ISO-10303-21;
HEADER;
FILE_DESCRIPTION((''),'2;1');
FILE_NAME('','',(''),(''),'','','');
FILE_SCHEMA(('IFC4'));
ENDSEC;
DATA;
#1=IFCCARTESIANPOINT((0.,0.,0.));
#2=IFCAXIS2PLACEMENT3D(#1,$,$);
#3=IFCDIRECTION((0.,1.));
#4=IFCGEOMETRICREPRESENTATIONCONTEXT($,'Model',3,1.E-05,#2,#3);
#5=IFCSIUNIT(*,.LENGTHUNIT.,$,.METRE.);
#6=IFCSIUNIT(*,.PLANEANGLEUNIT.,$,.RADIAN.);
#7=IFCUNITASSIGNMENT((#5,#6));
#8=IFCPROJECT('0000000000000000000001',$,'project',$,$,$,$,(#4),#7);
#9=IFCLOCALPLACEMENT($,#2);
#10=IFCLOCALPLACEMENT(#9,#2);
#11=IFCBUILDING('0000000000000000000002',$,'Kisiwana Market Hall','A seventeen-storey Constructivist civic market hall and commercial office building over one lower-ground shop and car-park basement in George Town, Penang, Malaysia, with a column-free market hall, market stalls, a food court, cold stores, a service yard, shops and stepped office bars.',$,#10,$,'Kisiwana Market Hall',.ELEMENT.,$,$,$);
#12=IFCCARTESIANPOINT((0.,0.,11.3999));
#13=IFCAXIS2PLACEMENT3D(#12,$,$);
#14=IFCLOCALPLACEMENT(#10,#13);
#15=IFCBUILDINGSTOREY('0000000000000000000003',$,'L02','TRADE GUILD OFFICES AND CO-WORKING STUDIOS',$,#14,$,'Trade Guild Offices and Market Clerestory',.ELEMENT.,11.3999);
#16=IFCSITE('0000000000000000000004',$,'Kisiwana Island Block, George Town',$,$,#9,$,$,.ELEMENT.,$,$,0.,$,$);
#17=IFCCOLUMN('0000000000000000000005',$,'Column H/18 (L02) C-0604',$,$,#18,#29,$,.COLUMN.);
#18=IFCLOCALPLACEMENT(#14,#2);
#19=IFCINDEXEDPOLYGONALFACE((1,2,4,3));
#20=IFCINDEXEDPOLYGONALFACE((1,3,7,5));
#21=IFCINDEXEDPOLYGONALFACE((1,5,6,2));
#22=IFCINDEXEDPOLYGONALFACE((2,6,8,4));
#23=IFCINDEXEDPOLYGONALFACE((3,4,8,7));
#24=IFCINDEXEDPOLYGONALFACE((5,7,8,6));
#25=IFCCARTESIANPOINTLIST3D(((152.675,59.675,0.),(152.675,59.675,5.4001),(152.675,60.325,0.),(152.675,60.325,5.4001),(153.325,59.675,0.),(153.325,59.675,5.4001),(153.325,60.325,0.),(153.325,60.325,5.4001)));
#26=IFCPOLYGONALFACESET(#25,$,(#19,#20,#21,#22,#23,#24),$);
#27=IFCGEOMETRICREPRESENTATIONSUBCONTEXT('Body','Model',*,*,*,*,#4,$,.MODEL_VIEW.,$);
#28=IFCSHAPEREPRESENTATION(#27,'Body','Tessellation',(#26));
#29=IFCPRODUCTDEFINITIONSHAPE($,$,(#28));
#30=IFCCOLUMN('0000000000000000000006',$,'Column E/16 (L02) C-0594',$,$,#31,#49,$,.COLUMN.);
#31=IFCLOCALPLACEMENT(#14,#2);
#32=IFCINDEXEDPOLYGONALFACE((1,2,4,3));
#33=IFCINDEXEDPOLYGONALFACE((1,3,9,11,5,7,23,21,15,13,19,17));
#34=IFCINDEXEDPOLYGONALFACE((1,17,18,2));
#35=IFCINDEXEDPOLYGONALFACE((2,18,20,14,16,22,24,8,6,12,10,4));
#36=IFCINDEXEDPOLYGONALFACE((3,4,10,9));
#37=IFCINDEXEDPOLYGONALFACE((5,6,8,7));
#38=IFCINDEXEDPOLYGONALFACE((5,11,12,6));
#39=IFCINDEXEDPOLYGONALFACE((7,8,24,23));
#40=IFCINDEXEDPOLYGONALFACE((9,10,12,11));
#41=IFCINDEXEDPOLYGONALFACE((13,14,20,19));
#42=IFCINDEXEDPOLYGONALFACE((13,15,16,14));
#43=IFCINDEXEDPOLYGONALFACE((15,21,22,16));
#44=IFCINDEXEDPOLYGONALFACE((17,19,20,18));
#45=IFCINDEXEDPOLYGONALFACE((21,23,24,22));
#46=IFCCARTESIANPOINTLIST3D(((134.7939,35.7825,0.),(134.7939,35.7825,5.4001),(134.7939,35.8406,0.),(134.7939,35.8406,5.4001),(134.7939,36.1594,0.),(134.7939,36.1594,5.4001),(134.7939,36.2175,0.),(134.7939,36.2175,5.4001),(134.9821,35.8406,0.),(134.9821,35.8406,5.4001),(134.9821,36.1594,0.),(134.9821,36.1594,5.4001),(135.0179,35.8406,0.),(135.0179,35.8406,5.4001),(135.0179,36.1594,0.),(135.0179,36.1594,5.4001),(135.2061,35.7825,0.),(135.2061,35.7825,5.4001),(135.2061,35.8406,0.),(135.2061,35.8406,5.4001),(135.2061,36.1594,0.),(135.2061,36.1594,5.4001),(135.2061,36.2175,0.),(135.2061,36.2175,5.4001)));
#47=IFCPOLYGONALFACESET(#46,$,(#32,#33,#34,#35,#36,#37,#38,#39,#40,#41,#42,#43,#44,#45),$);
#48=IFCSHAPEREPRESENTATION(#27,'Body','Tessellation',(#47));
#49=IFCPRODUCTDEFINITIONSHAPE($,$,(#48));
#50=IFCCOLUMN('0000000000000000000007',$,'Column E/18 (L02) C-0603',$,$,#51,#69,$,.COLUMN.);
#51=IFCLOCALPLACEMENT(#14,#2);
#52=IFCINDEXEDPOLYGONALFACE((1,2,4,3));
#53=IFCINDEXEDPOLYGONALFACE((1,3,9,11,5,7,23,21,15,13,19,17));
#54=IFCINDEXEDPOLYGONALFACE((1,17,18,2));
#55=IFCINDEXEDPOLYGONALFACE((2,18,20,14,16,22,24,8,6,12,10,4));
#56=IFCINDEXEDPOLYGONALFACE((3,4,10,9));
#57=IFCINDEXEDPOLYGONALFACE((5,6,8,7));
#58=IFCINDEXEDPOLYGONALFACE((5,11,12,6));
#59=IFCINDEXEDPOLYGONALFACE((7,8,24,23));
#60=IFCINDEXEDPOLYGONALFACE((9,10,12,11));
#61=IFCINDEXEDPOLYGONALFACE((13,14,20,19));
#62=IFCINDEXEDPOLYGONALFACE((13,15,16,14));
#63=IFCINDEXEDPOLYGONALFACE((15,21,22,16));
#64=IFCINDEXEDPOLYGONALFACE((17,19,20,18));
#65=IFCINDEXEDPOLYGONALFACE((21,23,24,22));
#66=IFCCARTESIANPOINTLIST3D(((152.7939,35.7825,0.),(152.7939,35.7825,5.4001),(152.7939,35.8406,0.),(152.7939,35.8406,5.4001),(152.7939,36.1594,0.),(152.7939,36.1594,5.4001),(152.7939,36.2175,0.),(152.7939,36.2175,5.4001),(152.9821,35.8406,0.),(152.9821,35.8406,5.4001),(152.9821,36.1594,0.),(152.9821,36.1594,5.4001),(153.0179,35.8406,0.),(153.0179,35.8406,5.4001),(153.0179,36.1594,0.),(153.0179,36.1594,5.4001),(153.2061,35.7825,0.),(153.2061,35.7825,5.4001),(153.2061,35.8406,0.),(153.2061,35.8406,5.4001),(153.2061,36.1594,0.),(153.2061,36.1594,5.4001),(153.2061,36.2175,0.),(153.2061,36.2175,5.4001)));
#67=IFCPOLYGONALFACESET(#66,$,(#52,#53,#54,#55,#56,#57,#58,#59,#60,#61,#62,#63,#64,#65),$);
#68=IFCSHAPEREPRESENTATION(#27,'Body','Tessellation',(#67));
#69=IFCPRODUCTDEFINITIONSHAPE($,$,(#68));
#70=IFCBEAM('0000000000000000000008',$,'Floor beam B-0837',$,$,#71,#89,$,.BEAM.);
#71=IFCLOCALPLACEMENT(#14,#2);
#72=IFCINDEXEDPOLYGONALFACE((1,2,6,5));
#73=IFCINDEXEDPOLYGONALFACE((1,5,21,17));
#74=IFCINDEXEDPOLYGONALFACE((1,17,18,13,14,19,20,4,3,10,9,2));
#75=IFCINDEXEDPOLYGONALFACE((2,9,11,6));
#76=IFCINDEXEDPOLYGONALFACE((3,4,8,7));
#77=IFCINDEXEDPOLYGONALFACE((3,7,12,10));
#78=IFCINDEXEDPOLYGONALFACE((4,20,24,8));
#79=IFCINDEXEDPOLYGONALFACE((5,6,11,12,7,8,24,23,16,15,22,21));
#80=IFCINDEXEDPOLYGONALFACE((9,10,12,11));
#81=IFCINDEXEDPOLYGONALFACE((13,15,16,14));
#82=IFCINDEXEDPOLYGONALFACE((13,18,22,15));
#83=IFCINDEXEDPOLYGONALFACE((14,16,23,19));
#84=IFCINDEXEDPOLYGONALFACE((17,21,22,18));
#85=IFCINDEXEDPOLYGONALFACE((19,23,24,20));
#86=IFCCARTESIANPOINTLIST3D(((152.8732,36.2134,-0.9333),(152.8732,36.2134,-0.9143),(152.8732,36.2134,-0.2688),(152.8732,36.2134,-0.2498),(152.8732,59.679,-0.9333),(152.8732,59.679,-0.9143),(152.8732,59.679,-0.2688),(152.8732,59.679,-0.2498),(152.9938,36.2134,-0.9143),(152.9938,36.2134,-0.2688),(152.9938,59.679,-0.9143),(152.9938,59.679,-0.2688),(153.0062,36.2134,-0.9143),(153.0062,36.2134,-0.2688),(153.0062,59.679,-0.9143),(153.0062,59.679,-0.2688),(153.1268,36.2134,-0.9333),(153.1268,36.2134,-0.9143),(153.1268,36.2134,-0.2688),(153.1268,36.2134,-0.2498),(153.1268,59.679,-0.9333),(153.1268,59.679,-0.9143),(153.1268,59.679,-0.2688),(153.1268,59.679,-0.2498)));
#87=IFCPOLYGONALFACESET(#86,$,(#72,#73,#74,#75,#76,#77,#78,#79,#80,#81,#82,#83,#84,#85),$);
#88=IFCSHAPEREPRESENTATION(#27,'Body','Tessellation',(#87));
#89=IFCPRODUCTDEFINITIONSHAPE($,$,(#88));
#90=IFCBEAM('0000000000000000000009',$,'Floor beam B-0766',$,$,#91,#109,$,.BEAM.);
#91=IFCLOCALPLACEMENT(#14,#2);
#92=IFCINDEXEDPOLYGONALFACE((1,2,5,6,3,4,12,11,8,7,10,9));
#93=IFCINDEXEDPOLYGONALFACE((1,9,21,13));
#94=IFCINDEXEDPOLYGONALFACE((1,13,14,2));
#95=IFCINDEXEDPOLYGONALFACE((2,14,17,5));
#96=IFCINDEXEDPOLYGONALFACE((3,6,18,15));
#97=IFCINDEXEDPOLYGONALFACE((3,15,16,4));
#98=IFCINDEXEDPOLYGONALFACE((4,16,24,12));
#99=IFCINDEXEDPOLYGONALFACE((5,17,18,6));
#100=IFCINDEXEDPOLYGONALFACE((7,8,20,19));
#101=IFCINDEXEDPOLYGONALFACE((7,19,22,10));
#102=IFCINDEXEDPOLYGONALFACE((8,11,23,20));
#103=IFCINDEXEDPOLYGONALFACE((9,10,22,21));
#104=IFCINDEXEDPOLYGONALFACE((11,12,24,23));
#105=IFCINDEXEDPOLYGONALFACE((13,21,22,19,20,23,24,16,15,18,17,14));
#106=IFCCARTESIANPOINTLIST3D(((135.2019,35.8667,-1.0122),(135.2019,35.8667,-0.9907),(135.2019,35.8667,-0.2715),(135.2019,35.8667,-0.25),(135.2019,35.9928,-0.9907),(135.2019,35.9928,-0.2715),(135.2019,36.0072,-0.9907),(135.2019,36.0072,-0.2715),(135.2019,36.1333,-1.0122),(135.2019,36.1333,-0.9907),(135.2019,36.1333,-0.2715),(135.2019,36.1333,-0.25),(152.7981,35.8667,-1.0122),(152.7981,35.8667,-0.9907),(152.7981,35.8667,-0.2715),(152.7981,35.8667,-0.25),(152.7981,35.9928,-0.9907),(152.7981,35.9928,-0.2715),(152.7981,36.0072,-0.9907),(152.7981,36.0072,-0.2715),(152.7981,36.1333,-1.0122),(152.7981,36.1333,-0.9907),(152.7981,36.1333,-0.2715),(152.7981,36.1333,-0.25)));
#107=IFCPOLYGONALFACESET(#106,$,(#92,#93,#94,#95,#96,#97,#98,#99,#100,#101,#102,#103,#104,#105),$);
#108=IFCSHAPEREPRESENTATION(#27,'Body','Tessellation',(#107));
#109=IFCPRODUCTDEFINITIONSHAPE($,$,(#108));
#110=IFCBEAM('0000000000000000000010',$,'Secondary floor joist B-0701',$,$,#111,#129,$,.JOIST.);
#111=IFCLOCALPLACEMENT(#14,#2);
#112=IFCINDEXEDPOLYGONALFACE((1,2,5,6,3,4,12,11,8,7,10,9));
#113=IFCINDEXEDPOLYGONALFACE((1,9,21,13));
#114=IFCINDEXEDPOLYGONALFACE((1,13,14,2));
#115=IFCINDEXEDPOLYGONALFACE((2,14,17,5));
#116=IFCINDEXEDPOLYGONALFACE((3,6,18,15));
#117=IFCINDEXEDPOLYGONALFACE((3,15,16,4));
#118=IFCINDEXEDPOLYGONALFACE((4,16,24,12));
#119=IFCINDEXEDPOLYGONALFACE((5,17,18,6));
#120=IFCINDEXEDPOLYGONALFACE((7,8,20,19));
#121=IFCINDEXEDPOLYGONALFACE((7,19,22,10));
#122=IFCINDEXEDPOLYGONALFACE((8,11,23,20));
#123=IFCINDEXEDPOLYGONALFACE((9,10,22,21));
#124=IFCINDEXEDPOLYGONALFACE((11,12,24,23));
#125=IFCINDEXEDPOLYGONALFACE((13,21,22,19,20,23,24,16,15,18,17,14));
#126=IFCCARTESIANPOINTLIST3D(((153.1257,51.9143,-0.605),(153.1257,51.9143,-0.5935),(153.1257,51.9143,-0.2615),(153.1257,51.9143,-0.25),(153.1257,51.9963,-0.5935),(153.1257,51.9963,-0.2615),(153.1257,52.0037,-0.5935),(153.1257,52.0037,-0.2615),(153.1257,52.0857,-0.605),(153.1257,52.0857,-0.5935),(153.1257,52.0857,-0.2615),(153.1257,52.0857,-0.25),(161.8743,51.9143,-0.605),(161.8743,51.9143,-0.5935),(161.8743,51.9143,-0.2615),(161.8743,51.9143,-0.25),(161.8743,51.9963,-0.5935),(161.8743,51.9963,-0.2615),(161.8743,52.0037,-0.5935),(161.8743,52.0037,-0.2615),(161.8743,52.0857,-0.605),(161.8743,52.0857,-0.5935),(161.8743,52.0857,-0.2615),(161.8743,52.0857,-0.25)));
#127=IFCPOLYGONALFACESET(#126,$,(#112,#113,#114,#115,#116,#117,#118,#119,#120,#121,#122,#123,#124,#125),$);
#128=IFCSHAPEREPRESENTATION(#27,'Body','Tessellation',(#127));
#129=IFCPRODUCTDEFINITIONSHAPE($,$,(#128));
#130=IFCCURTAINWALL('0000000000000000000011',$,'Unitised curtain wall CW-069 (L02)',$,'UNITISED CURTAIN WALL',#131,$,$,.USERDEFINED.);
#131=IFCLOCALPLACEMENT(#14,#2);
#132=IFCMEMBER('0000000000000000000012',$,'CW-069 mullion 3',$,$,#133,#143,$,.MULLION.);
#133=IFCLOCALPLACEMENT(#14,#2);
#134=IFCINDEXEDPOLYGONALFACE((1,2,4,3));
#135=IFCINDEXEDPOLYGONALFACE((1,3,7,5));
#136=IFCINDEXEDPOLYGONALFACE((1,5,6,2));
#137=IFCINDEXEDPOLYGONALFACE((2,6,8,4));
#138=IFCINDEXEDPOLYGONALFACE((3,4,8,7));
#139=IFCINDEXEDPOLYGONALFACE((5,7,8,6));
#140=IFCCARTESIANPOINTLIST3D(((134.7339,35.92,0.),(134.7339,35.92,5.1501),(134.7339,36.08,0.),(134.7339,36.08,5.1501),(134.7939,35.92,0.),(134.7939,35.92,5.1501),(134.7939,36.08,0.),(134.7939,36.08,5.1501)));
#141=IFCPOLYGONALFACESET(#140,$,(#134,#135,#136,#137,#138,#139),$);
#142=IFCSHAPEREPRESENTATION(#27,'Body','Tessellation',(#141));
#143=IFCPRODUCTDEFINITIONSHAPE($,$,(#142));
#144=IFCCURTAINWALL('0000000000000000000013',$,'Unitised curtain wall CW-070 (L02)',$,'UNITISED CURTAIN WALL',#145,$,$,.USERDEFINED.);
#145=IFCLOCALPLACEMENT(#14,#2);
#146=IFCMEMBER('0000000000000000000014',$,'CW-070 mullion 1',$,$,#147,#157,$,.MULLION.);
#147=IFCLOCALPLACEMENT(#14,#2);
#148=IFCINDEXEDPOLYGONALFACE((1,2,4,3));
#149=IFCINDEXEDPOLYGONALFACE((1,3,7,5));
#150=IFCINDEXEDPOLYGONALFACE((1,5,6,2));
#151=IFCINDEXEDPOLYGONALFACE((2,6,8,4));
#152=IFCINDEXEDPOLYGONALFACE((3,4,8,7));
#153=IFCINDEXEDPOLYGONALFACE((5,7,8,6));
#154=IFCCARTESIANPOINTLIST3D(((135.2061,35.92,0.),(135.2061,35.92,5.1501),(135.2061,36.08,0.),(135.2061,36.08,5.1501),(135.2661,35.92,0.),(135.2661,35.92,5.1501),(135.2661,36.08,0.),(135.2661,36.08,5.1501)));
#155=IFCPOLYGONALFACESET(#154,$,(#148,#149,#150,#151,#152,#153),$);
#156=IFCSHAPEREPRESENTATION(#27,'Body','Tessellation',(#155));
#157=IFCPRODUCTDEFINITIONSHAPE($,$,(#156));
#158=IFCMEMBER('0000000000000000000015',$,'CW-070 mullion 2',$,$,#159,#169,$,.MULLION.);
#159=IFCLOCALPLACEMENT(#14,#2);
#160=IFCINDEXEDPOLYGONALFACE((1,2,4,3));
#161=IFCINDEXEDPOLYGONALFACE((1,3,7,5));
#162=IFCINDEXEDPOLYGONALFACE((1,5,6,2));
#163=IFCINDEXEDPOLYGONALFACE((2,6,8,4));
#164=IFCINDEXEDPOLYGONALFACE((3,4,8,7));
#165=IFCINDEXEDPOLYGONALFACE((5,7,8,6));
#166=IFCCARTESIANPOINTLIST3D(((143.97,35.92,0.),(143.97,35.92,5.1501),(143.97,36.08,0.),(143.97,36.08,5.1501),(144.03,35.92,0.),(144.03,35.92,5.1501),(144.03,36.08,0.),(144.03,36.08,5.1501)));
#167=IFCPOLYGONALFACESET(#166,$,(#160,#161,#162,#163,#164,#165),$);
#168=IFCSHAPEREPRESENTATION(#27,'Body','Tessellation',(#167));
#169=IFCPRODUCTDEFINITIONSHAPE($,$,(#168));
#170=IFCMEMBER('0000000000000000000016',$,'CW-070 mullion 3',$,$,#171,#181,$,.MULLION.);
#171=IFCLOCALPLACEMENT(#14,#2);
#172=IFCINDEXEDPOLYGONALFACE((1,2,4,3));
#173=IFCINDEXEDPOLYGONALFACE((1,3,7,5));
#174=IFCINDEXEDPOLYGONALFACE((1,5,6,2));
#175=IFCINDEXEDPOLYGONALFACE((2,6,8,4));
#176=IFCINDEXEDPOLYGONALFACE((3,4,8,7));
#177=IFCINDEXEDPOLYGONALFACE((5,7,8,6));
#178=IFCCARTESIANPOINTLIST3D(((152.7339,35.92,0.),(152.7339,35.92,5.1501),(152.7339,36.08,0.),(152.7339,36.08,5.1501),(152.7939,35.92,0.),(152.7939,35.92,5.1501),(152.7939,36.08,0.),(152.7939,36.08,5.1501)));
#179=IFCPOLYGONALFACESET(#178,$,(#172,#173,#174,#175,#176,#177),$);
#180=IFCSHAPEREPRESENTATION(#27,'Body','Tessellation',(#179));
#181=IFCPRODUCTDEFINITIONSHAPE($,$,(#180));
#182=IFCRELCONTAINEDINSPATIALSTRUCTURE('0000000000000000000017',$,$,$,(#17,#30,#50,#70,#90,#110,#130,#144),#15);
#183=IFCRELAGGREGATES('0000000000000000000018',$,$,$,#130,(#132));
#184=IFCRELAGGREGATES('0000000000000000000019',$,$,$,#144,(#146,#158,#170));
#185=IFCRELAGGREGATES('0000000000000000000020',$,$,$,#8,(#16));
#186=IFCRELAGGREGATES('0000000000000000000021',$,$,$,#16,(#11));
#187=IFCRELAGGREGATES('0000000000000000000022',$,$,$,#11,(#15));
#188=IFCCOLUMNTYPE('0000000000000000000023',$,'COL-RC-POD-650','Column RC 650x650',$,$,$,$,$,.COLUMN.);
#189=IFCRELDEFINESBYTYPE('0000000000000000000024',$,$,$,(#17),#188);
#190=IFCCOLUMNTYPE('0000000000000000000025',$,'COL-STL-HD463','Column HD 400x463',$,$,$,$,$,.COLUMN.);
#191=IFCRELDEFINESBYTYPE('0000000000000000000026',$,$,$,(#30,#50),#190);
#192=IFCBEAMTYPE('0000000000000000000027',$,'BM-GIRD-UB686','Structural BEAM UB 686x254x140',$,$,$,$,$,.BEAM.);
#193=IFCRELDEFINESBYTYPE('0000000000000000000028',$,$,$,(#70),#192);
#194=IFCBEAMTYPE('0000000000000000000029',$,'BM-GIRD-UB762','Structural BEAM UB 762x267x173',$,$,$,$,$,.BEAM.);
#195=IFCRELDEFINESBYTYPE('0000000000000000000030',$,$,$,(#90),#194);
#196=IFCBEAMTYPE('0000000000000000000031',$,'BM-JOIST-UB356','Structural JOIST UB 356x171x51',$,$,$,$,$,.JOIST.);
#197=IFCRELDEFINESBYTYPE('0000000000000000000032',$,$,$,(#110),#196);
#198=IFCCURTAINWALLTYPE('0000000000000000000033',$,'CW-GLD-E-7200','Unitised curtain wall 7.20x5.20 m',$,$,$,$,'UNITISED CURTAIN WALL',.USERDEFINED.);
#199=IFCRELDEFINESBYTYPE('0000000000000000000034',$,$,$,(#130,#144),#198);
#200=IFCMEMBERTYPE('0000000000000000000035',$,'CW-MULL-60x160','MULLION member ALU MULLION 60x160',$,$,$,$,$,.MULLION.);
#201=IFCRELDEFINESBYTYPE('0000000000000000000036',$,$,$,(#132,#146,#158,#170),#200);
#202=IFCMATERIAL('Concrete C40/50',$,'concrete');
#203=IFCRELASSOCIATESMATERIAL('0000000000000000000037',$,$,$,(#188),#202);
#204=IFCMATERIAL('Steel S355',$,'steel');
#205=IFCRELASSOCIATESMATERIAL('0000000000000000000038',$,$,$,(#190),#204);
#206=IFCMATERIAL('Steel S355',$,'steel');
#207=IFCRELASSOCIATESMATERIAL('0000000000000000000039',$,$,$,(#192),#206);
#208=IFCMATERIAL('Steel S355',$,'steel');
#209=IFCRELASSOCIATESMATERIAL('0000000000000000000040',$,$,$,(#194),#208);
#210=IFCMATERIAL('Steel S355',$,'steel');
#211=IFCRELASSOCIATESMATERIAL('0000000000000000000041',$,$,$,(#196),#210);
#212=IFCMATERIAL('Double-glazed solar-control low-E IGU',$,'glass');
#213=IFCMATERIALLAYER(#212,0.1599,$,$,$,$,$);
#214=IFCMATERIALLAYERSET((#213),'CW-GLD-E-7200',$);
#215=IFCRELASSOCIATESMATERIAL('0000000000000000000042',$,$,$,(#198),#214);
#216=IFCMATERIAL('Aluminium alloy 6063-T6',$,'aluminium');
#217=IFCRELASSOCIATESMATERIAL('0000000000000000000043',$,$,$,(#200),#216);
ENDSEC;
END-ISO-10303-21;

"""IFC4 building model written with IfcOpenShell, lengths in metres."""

from ifc_helpers import new_model, si_unit, direction, frame, origin, origin_2d, place, context, subcontext, project, spatial, rectangle, i_section, extrude, material, layer, layer_set, material_profile, profile_set, type_object, element, aggregate, save


model = new_model("IFC4")

# Units and contexts
model_context = context("Model", 3, precision=1e-05, world=origin(), true_north=direction((0.0, 1.0)))
body_context = subcontext(model_context, "Body", "Model", "MODEL_VIEW")
ifc_project = project(units=[si_unit("LENGTHUNIT", "METRE"), si_unit("PLANEANGLEUNIT", "RADIAN")], contexts=[model_context])

# Site, building, storey
site_placement = place(None, origin())
site = spatial("IfcSite", under=ifc_project, at=site_placement, Name="Kisiwana Island Block, George Town", CompositionType="ELEMENT", RefElevation=0.0)
building_placement = place(site_placement, origin())
building = spatial("IfcBuilding", under=site, at=building_placement, Name="Kisiwana Market Hall", Description="A seventeen-storey Constructivist civic market hall and commercial office building over one lower-ground shop and car-park basement in George Town, Penang, Malaysia, with a column-free market hall, market stalls, a food court, cold stores, a service yard, shops and stepped office bars.", LongName="Kisiwana Market Hall", CompositionType="ELEMENT")
storey_placement = place(building_placement, frame((0.0, 0.0, 11.3999)))
storey = spatial("IfcBuildingStorey", under=building, at=storey_placement, Name="L02", Description="TRADE GUILD OFFICES AND CO-WORKING STUDIOS", LongName="Trade Guild Offices and Market Clerestory", CompositionType="ELEMENT", Elevation=11.3999)

# Columns
ifc_material_1 = material(Name="Concrete C40/50", Category="concrete")
ifc_material_profile_1 = material_profile(ifc_material_1, rectangle(XDim=0.6499, YDim=0.6499, at=origin_2d()), Name="RC 650x650")
ifc_profile_set_1 = profile_set([ifc_material_profile_1], Name="Concrete C40/50")
column_type_1 = type_object("IfcColumnType", Name="COL-RC-POD-650", Description="Column RC 650x650", PredefinedType="COLUMN", material=ifc_profile_set_1)
column_placement = place(storey_placement, frame((153.0, 60.0, 0.0), z_axis=(0.0, 0.0, 1.0), x_axis=(1.0, 0.0, 0.0)))
element("IfcColumn", 1, at=column_placement, inside=storey, type_object=column_type_1, Name="Column H/18 (L02) C-0604", PredefinedType="COLUMN", context=body_context, shape_type="SweptSolid", body=[
    extrude(rectangle(XDim=0.6499, YDim=0.6499, at=origin_2d()), origin(), (0.0, 0.0, 1.0), 5.4001),
])
ifc_material_2 = material(Name="Steel S355", Category="steel")
ifc_material_profile_2 = material_profile(ifc_material_2, i_section(OverallWidth=0.4121, OverallDepth=0.4351, WebThickness=0.0359, FlangeThickness=0.0581, at=origin_2d()), Name="HD 400x463")
ifc_profile_set_2 = profile_set([ifc_material_profile_2], Name="Steel S355")
column_type_2 = type_object("IfcColumnType", Name="COL-STL-HD463", Description="Column HD 400x463", PredefinedType="COLUMN", material=ifc_profile_set_2)
for number, where, z_axis, x_axis, name in (
    (2, (135.0, 36.0, 0.0), (0.0, 0.0, 1.0), (1.0, 0.0, 0.0), "Column E/16 (L02) C-0594"),
    (3, (153.0, 36.0, 0.0), (0.0, 0.0, 1.0), (1.0, 0.0, 0.0), "Column E/18 (L02) C-0603"),
):
    element("IfcColumn", number, at=place(storey_placement, frame(where, z_axis=z_axis, x_axis=x_axis)), inside=storey, type_object=column_type_2, Name=name, PredefinedType="COLUMN", context=body_context, shape_type="SweptSolid", body=[
        extrude(i_section(OverallWidth=0.4121, OverallDepth=0.4351, WebThickness=0.0359, FlangeThickness=0.0581, at=origin_2d()), origin(), (0.0, 0.0, 1.0), 5.4001),
    ])

# Beams
ifc_material_3 = material(Name="Steel S355", Category="steel")
ifc_material_profile_3 = material_profile(ifc_material_3, i_section(OverallWidth=0.2537, OverallDepth=0.6836, WebThickness=0.0125, FlangeThickness=0.019, at=origin_2d()), Name="UB 686x254x140")
ifc_profile_set_3 = profile_set([ifc_material_profile_3], Name="Steel S355")
beam_type_1 = type_object("IfcBeamType", Name="BM-GIRD-UB686", Description="Structural BEAM UB 686x254x140", PredefinedType="BEAM", material=ifc_profile_set_3)
beam_1_placement = place(storey_placement, frame((153.0, 36.2134, -0.5916), z_axis=(0.0, 1.0, 0.0), x_axis=(-1.0, 0.0, 0.0)))
element("IfcBeam", 4, at=beam_1_placement, inside=storey, type_object=beam_type_1, Name="Floor beam B-0837", PredefinedType="BEAM", context=body_context, shape_type="SweptSolid", body=[
    extrude(i_section(OverallWidth=0.2537, OverallDepth=0.6836, WebThickness=0.0125, FlangeThickness=0.019, at=origin_2d()), origin(), (0.0, 0.0, 1.0), 23.4656),
])
ifc_material_4 = material(Name="Steel S355", Category="steel")
ifc_material_profile_4 = material_profile(ifc_material_4, i_section(OverallWidth=0.2666, OverallDepth=0.7622, WebThickness=0.0144, FlangeThickness=0.0215, at=origin_2d()), Name="UB 762x267x173")
ifc_profile_set_4 = profile_set([ifc_material_profile_4], Name="Steel S355")
beam_type_2 = type_object("IfcBeamType", Name="BM-GIRD-UB762", Description="Structural BEAM UB 762x267x173", PredefinedType="BEAM", material=ifc_profile_set_4)
beam_2_placement = place(storey_placement, frame((135.2019, 36.0, -0.6311), z_axis=(1.0, 0.0, 0.0), x_axis=(0.0, 1.0, 0.0)))
element("IfcBeam", 5, at=beam_2_placement, inside=storey, type_object=beam_type_2, Name="Floor beam B-0766", PredefinedType="BEAM", context=body_context, shape_type="SweptSolid", body=[
    extrude(i_section(OverallWidth=0.2666, OverallDepth=0.7622, WebThickness=0.0144, FlangeThickness=0.0215, at=origin_2d()), origin(), (0.0, 0.0, 1.0), 17.5962),
])
ifc_material_5 = material(Name="Steel S355", Category="steel")
ifc_material_profile_5 = material_profile(ifc_material_5, i_section(OverallWidth=0.1714, OverallDepth=0.355, WebThickness=0.0073, FlangeThickness=0.0115, at=origin_2d()), Name="UB 356x171x51")
ifc_profile_set_5 = profile_set([ifc_material_profile_5], Name="Steel S355")
beam_type_3 = type_object("IfcBeamType", Name="BM-JOIST-UB356", Description="Structural JOIST UB 356x171x51", PredefinedType="JOIST", material=ifc_profile_set_5)
beam_3_placement = place(storey_placement, frame((153.1257, 52.0, -0.4275), z_axis=(1.0, 0.0, 0.0), x_axis=(0.0, 1.0, 0.0)))
element("IfcBeam", 6, at=beam_3_placement, inside=storey, type_object=beam_type_3, Name="Secondary floor joist B-0701", PredefinedType="JOIST", context=body_context, shape_type="SweptSolid", body=[
    extrude(i_section(OverallWidth=0.1714, OverallDepth=0.355, WebThickness=0.0073, FlangeThickness=0.0115, at=origin_2d()), origin(), (0.0, 0.0, 1.0), 8.7485),
])

# Curtain wall, member
ifc_material_6 = material(Name="Double-glazed solar-control low-E IGU", Category="glass")
ifc_layer_1 = layer(ifc_material_6, 0.1599)
ifc_layer_set_1 = layer_set([ifc_layer_1], Name="CW-GLD-E-7200")
curtain_wall_type = type_object("IfcCurtainWallType", Name="CW-GLD-E-7200", Description="Unitised curtain wall 7.20x5.20 m", ElementType="UNITISED CURTAIN WALL", PredefinedType="USERDEFINED", material=ifc_layer_set_1)
curtain_wall_1_placement = place(storey_placement, origin())
curtain_wall_1 = element("IfcCurtainWall", 7, at=curtain_wall_1_placement, inside=storey, type_object=curtain_wall_type, Name="Unitised curtain wall CW-069 (L02)", ObjectType="UNITISED CURTAIN WALL", PredefinedType="USERDEFINED")
ifc_material_7 = material(Name="Aluminium alloy 6063-T6", Category="aluminium")
ifc_material_profile_6 = material_profile(ifc_material_7, rectangle(XDim=0.0601, YDim=0.1599, at=origin_2d()), Name="ALU MULLION 60x160")
ifc_profile_set_6 = profile_set([ifc_material_profile_6], Name="Aluminium alloy 6063-T6")
member_type_1 = type_object("IfcMemberType", Name="CW-MULL-60x160", Description="MULLION member ALU MULLION 60x160", PredefinedType="MULLION", material=ifc_profile_set_6)
member_1_placement = place(storey_placement, frame((134.7639, 36.0, 0.0), z_axis=(0.0, 0.0, 1.0), x_axis=(1.0, 0.0, 0.0)))
member_1 = element("IfcMember", 8, at=member_1_placement, type_object=member_type_1, Name="CW-069 mullion 3", PredefinedType="MULLION", context=body_context, shape_type="SweptSolid", body=[
    extrude(rectangle(XDim=0.0601, YDim=0.1599, at=origin_2d()), origin(), (0.0, 0.0, 1.0), 5.1501),
])

# Curtain wall, members
curtain_wall_2_placement = place(storey_placement, origin())
curtain_wall_2 = element("IfcCurtainWall", 9, at=curtain_wall_2_placement, inside=storey, type_object=curtain_wall_type, Name="Unitised curtain wall CW-070 (L02)", ObjectType="UNITISED CURTAIN WALL", PredefinedType="USERDEFINED")
member_2_placement = place(storey_placement, frame((135.2361, 36.0, 0.0), z_axis=(0.0, 0.0, 1.0), x_axis=(1.0, 0.0, 0.0)))
member_2 = element("IfcMember", 10, at=member_2_placement, type_object=member_type_1, Name="CW-070 mullion 1", PredefinedType="MULLION", context=body_context, shape_type="SweptSolid", body=[
    extrude(rectangle(XDim=0.0601, YDim=0.1599, at=origin_2d()), origin(), (0.0, 0.0, 1.0), 5.1501),
])
member_3_placement = place(storey_placement, frame((144.0, 36.0, 0.0), z_axis=(0.0, 0.0, 1.0), x_axis=(1.0, 0.0, 0.0)))
member_3 = element("IfcMember", 11, at=member_3_placement, type_object=member_type_1, Name="CW-070 mullion 2", PredefinedType="MULLION", context=body_context, shape_type="SweptSolid", body=[
    extrude(rectangle(XDim=0.0601, YDim=0.1599, at=origin_2d()), origin(), (0.0, 0.0, 1.0), 5.1501),
])
member_4_placement = place(storey_placement, frame((152.7639, 36.0, 0.0), z_axis=(0.0, 0.0, 1.0), x_axis=(1.0, 0.0, 0.0)))
member_4 = element("IfcMember", 12, at=member_4_placement, type_object=member_type_1, Name="CW-070 mullion 3", PredefinedType="MULLION", context=body_context, shape_type="SweptSolid", body=[
    extrude(rectangle(XDim=0.0601, YDim=0.1599, at=origin_2d()), origin(), (0.0, 0.0, 1.0), 5.1501),
])

aggregate(curtain_wall_1, [member_1])
aggregate(curtain_wall_2, [member_2, member_3, member_4])

save(model, "model.ifc")
